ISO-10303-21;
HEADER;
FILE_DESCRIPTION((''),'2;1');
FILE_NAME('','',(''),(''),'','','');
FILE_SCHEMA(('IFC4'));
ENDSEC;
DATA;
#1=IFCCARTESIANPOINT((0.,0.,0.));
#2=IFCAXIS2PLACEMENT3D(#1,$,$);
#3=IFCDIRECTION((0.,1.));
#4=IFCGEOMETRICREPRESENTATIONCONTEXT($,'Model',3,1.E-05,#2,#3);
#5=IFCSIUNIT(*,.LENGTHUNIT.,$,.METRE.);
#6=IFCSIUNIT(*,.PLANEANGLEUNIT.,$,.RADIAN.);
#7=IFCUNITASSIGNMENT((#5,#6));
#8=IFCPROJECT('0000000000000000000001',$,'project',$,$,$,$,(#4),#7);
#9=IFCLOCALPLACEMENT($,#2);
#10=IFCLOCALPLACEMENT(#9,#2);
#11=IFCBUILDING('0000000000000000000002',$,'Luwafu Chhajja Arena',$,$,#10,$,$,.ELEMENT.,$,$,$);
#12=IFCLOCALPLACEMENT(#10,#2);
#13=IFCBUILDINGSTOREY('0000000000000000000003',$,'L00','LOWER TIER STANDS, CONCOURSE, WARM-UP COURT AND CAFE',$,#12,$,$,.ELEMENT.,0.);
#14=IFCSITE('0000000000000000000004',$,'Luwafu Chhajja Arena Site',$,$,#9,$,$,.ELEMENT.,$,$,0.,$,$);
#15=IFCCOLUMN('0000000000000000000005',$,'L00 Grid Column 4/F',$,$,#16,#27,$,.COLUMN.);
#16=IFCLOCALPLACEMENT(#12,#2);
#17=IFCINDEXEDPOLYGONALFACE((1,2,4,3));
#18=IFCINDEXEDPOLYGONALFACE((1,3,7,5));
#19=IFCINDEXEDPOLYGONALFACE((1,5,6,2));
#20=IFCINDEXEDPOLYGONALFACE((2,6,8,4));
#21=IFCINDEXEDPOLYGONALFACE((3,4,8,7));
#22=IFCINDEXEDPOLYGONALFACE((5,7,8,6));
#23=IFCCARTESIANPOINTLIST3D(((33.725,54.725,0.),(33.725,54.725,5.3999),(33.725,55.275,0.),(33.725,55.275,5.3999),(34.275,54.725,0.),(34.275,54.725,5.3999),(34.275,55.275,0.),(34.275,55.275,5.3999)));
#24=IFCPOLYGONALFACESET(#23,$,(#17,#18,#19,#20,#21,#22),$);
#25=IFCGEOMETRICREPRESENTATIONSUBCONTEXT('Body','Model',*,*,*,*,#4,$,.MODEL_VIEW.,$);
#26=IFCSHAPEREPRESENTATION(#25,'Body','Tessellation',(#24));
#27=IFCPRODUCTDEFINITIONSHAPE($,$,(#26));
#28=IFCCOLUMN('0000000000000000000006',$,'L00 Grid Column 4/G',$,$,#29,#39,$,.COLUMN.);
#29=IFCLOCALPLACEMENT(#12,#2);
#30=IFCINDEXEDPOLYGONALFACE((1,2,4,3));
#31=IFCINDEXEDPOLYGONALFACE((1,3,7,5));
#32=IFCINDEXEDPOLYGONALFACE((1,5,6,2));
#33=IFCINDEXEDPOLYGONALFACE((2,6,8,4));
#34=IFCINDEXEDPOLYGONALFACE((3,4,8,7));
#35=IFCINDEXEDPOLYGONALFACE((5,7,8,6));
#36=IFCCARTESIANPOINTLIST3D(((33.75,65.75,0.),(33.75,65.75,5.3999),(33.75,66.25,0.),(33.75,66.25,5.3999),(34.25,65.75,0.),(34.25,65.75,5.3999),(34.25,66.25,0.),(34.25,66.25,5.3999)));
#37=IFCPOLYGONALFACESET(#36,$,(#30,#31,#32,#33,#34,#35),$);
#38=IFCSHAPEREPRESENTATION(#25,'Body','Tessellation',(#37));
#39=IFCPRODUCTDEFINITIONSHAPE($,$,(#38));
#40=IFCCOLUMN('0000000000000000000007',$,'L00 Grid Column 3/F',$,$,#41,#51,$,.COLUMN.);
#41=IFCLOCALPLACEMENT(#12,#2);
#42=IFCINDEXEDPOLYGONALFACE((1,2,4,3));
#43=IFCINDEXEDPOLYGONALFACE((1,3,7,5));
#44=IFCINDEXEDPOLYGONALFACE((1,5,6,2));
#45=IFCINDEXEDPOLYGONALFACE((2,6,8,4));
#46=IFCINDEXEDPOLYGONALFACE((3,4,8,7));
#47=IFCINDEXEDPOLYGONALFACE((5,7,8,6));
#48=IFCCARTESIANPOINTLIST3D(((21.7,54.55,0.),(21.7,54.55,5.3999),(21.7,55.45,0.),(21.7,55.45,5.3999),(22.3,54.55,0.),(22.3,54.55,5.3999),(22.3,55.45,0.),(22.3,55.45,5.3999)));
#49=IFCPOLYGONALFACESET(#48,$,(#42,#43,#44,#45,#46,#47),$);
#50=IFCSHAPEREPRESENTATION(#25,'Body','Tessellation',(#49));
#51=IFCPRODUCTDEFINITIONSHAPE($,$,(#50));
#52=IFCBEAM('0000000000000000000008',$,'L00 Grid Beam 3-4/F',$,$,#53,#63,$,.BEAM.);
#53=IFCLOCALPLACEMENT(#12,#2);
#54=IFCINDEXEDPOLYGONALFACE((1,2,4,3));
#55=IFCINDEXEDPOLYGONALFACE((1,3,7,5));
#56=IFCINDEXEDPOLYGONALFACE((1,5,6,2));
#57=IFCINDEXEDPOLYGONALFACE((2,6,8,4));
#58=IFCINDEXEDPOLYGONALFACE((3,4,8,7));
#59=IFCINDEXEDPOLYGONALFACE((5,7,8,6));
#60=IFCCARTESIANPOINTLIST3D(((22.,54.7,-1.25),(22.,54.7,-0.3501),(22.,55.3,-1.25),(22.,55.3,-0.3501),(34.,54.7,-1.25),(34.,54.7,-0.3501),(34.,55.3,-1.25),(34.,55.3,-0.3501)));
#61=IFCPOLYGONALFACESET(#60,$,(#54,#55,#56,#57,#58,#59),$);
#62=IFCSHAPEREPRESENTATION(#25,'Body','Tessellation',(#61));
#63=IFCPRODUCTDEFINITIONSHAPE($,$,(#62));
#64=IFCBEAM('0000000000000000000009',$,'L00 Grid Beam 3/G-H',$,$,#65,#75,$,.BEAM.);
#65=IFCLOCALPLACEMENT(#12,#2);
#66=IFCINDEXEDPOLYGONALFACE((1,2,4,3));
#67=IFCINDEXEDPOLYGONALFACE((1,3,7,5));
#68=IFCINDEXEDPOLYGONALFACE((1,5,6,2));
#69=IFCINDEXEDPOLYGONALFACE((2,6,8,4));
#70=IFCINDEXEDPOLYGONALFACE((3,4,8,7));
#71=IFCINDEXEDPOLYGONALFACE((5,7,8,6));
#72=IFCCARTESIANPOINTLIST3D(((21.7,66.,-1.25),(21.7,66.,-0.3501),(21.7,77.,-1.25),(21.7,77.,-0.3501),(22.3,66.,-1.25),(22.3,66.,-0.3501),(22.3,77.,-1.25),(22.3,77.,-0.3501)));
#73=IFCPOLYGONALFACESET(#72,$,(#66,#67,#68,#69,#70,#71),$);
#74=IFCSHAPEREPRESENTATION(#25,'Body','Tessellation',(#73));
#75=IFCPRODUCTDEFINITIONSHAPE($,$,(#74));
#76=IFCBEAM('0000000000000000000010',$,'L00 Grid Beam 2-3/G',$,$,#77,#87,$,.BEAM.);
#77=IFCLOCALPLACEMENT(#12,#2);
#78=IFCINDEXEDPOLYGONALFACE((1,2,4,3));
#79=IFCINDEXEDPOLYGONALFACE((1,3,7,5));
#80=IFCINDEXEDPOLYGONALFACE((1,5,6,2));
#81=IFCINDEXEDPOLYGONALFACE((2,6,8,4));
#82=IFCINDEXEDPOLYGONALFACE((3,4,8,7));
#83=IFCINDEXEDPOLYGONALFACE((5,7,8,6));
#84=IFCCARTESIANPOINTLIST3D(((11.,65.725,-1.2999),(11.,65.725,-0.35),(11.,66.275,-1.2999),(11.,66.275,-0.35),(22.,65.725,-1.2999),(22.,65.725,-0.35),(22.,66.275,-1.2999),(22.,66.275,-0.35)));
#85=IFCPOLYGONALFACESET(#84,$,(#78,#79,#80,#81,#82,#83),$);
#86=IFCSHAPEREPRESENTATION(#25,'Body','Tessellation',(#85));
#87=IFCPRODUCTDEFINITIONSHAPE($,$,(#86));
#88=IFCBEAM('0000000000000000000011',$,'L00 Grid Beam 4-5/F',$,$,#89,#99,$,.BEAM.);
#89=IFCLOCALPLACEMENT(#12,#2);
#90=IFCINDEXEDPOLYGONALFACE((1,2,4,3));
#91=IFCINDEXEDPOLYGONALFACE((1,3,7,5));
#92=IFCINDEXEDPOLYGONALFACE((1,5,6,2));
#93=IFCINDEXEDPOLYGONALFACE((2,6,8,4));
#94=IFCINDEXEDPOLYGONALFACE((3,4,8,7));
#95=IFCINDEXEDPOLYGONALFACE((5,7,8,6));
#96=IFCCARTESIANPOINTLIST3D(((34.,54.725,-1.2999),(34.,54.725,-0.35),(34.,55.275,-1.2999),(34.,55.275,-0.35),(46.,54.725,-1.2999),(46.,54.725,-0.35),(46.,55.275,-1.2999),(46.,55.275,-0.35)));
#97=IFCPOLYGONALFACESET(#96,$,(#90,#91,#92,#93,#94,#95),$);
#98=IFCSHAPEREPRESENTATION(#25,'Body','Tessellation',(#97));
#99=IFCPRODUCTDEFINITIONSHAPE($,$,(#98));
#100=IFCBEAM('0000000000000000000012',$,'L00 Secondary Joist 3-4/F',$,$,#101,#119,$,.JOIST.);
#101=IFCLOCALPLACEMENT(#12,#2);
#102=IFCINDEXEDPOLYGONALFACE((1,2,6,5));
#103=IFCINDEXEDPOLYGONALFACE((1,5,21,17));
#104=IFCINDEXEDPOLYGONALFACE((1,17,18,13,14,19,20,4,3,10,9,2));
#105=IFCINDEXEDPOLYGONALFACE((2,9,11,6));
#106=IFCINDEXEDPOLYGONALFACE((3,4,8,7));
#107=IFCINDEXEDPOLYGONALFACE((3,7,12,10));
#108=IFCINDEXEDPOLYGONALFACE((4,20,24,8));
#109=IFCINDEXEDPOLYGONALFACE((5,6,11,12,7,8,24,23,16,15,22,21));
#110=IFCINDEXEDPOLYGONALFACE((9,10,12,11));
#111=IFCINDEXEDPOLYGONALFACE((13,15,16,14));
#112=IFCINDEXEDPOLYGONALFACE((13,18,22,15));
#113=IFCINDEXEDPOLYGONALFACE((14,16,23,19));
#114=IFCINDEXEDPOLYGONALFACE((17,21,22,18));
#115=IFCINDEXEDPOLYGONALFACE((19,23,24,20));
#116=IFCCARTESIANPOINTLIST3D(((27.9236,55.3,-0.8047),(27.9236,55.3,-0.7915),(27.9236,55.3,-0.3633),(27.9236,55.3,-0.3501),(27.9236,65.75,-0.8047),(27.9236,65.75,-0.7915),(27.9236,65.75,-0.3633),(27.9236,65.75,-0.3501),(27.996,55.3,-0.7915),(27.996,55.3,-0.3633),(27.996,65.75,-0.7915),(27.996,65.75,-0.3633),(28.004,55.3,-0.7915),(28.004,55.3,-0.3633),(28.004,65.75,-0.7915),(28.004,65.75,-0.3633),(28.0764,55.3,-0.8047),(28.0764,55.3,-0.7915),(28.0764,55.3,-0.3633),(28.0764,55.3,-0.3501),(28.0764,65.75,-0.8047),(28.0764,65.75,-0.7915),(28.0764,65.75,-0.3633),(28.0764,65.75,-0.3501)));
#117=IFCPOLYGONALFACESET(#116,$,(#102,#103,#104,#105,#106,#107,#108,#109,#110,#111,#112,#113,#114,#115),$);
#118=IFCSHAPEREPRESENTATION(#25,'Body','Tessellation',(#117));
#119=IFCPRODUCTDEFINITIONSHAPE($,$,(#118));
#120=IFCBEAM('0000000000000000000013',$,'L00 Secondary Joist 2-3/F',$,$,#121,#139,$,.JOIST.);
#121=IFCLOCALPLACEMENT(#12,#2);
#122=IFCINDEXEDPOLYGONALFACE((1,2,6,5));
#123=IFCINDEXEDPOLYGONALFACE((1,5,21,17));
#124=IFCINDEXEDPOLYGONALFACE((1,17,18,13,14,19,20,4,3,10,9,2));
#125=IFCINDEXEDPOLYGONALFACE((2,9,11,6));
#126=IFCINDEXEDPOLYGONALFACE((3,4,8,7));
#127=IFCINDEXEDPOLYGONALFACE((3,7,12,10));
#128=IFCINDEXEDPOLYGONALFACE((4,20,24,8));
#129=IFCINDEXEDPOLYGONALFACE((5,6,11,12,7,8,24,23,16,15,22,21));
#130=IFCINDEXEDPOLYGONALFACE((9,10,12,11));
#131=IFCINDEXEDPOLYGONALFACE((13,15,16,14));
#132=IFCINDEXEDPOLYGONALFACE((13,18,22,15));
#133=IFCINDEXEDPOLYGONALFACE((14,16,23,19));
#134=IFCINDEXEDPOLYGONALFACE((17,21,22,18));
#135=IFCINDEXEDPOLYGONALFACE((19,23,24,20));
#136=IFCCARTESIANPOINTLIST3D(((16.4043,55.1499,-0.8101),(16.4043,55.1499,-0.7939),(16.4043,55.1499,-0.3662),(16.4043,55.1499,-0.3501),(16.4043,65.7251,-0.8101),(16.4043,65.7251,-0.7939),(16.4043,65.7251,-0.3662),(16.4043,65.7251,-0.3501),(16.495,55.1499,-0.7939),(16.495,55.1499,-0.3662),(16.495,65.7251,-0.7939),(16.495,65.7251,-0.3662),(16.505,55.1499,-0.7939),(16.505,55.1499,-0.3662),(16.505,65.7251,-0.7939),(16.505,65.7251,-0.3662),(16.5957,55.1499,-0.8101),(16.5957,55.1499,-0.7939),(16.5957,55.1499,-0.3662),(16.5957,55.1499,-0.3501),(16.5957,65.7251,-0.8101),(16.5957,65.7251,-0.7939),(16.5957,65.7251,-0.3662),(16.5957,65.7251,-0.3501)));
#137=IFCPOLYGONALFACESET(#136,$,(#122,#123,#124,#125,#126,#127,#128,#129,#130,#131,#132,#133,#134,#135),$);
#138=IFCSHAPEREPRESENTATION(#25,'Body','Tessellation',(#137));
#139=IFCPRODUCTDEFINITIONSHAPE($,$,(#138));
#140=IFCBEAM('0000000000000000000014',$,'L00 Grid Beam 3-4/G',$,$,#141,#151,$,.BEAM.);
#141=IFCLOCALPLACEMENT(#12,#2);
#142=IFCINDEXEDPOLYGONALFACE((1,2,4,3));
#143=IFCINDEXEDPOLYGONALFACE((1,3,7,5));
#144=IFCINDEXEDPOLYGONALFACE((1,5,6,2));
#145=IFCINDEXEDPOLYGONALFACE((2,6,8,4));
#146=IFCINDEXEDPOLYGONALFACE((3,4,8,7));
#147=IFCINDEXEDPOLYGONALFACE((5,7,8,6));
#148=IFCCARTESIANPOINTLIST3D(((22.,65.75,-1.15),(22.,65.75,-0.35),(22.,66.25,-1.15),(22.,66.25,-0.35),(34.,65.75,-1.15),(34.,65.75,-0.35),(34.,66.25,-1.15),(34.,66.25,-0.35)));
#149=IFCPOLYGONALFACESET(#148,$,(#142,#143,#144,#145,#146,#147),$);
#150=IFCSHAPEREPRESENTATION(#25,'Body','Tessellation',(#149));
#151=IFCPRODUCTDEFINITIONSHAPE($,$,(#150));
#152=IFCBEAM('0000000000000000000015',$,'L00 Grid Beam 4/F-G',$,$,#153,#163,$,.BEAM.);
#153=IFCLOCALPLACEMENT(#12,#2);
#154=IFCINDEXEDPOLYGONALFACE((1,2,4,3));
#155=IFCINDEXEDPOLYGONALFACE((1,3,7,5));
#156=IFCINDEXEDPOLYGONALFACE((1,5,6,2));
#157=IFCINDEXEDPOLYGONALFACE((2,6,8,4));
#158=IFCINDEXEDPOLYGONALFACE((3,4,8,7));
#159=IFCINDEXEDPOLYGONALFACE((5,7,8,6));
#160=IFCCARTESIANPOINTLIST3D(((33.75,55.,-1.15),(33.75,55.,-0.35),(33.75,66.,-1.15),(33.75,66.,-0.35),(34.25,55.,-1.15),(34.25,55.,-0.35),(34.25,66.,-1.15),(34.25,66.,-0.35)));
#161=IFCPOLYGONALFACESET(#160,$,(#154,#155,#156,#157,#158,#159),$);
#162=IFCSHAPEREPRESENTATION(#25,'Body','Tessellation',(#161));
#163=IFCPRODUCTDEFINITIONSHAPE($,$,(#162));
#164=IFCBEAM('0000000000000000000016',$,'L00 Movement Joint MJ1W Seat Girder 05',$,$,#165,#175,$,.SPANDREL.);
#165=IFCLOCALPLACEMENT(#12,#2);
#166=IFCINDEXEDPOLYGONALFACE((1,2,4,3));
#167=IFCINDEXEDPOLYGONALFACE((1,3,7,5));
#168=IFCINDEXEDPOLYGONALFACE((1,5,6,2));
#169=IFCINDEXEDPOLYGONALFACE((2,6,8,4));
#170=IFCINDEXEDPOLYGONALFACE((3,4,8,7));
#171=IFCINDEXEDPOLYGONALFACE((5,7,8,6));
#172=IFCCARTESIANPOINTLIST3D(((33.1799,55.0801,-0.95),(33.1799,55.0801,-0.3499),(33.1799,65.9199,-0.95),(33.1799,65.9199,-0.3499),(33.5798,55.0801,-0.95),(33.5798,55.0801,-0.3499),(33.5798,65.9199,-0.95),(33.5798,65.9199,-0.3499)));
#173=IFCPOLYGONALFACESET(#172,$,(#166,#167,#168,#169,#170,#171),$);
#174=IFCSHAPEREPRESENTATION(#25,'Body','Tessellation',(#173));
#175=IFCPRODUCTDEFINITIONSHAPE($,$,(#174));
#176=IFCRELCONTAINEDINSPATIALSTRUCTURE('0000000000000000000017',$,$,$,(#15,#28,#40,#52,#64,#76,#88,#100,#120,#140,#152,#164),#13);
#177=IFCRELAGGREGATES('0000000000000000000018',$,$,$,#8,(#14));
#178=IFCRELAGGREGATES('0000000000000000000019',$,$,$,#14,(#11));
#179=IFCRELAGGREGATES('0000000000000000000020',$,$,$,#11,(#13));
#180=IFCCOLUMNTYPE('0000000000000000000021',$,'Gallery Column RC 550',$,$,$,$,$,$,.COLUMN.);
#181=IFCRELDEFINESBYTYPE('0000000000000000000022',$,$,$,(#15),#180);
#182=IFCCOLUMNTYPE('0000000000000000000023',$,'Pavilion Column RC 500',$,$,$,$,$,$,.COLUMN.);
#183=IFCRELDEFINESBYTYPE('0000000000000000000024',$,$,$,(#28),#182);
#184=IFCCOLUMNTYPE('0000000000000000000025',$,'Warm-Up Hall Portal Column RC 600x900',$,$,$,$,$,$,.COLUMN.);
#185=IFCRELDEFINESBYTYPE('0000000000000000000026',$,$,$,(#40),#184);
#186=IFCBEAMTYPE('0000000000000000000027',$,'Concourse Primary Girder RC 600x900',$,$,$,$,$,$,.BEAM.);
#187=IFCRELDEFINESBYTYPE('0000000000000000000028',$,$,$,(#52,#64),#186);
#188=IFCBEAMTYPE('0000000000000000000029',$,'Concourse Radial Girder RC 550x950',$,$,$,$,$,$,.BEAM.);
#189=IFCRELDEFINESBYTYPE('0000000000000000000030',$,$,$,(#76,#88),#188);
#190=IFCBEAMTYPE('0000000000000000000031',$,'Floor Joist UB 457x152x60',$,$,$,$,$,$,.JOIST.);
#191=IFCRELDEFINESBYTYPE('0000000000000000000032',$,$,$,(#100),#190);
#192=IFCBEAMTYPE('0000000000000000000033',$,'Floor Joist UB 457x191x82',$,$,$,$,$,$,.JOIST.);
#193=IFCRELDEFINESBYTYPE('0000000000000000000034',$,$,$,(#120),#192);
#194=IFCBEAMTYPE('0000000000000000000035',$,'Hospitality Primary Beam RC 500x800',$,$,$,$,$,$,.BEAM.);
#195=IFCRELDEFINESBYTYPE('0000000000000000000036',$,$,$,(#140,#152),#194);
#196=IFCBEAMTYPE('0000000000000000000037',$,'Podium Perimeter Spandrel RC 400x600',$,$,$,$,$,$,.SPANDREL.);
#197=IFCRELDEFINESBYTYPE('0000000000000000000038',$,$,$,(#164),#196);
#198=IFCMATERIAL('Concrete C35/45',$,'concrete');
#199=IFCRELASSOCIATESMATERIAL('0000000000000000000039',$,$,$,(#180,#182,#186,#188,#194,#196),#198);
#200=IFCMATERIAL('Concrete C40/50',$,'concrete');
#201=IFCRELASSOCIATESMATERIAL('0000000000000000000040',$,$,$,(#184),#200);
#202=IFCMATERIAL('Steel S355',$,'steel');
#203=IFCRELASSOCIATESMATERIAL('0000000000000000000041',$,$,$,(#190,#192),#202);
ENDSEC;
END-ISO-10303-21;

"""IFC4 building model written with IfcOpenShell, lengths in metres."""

from ifc_helpers import new_model, si_unit, direction, frame, origin, origin_2d, place, context, subcontext, project, spatial, rectangle, i_section, extrude, material, material_profile, profile_set, type_object, element, save


model = new_model("IFC4")

# Units and contexts
model_context = context("Model", 3, precision=1e-05, world=origin(), true_north=direction((0.0, 1.0)))
body_context = subcontext(model_context, "Body", "Model", "MODEL_VIEW")
ifc_project = project(units=[si_unit("LENGTHUNIT", "METRE"), si_unit("PLANEANGLEUNIT", "RADIAN")], contexts=[model_context])

# Site, building, storey
site_placement = place(None, origin())
site = spatial("IfcSite", under=ifc_project, at=site_placement, Name="Luwafu Chhajja Arena Site", CompositionType="ELEMENT", RefElevation=0.0)
building_placement = place(site_placement, origin())
building = spatial("IfcBuilding", under=site, at=building_placement, Name="Luwafu Chhajja Arena", CompositionType="ELEMENT")
storey_placement = place(building_placement, origin())
storey = spatial("IfcBuildingStorey", under=building, at=storey_placement, Name="L00", Description="LOWER TIER STANDS, CONCOURSE, WARM-UP COURT AND CAFE", CompositionType="ELEMENT", Elevation=0.0)

# Columns
ifc_material_1 = material(Name="Concrete C35/45", Category="concrete")
ifc_material_profile_1 = material_profile(ifc_material_1, rectangle(XDim=0.55, YDim=0.55, at=origin_2d()), Name="RC 550x550")
ifc_profile_set_1 = profile_set([ifc_material_profile_1], Name="Concrete C35/45")
column_type_1 = type_object("IfcColumnType", Name="Gallery Column RC 550", PredefinedType="COLUMN", material=ifc_profile_set_1)
column_1_placement = place(storey_placement, frame((34.0, 55.0, 0.0), z_axis=(0.0, 0.0, 1.0), x_axis=(1.0, 0.0, 0.0)))
element("IfcColumn", 1, at=column_1_placement, inside=storey, type_object=column_type_1, Name="L00 Grid Column 4/F", PredefinedType="COLUMN", context=body_context, shape_type="SweptSolid", body=[
    extrude(rectangle(XDim=0.55, YDim=0.55, at=origin_2d()), origin(), (0.0, 0.0, 1.0), 5.3999),
])
ifc_material_profile_2 = material_profile(ifc_material_1, rectangle(XDim=0.5, YDim=0.5, at=origin_2d()), Name="RC 500x500")
ifc_profile_set_2 = profile_set([ifc_material_profile_2], Name="Concrete C35/45")
column_type_2 = type_object("IfcColumnType", Name="Pavilion Column RC 500", PredefinedType="COLUMN", material=ifc_profile_set_2)
column_2_placement = place(storey_placement, frame((34.0, 66.0, 0.0), z_axis=(0.0, 0.0, 1.0), x_axis=(1.0, 0.0, 0.0)))
element("IfcColumn", 2, at=column_2_placement, inside=storey, type_object=column_type_2, Name="L00 Grid Column 4/G", PredefinedType="COLUMN", context=body_context, shape_type="SweptSolid", body=[
    extrude(rectangle(XDim=0.5, YDim=0.5, at=origin_2d()), origin(), (0.0, 0.0, 1.0), 5.3999),
])
ifc_material_2 = material(Name="Concrete C40/50", Category="concrete")
ifc_material_profile_3 = material_profile(ifc_material_2, rectangle(XDim=0.6001, YDim=0.8999, at=origin_2d()), Name="RC 600x900")
ifc_profile_set_3 = profile_set([ifc_material_profile_3], Name="Concrete C40/50")
column_type_3 = type_object("IfcColumnType", Name="Warm-Up Hall Portal Column RC 600x900", PredefinedType="COLUMN", material=ifc_profile_set_3)
column_3_placement = place(storey_placement, frame((22.0, 55.0, 0.0), z_axis=(0.0, 0.0, 1.0), x_axis=(1.0, 0.0, 0.0)))
element("IfcColumn", 3, at=column_3_placement, inside=storey, type_object=column_type_3, Name="L00 Grid Column 3/F", PredefinedType="COLUMN", context=body_context, shape_type="SweptSolid", body=[
    extrude(rectangle(XDim=0.6001, YDim=0.8999, at=origin_2d()), origin(), (0.0, 0.0, 1.0), 5.3999),
])

# Beams
ifc_material_profile_4 = material_profile(ifc_material_1, rectangle(XDim=0.6001, YDim=0.8999, at=origin_2d()), Name="RC 600x900")
ifc_profile_set_4 = profile_set([ifc_material_profile_4], Name="Concrete C35/45")
beam_type_1 = type_object("IfcBeamType", Name="Concourse Primary Girder RC 600x900", PredefinedType="BEAM", material=ifc_profile_set_4)
beam_1_placement = place(storey_placement, frame((22.0, 55.0, -0.8), z_axis=(1.0, 0.0, 0.0), x_axis=(0.0, 1.0, 0.0)))
element("IfcBeam", 4, at=beam_1_placement, inside=storey, type_object=beam_type_1, Name="L00 Grid Beam 3-4/F", PredefinedType="BEAM", context=body_context, shape_type="SweptSolid", body=[
    extrude(rectangle(XDim=0.6001, YDim=0.8999, at=origin_2d()), origin(), (0.0, 0.0, 1.0), 12.0),
])
beam_2_placement = place(storey_placement, frame((22.0, 66.0, -0.8), z_axis=(0.0, 1.0, 0.0), x_axis=(-1.0, 0.0, 0.0)))
element("IfcBeam", 5, at=beam_2_placement, inside=storey, type_object=beam_type_1, Name="L00 Grid Beam 3/G-H", PredefinedType="BEAM", context=body_context, shape_type="SweptSolid", body=[
    extrude(rectangle(XDim=0.6001, YDim=0.8999, at=origin_2d()), origin(), (0.0, 0.0, 1.0), 11.0),
])
ifc_material_profile_5 = material_profile(ifc_material_1, rectangle(XDim=0.55, YDim=0.95, at=origin_2d()), Name="RC 550x950")
ifc_profile_set_5 = profile_set([ifc_material_profile_5], Name="Concrete C35/45")
beam_type_2 = type_object("IfcBeamType", Name="Concourse Radial Girder RC 550x950", PredefinedType="BEAM", material=ifc_profile_set_5)
beam_3_placement = place(storey_placement, frame((11.0, 66.0, -0.825), z_axis=(1.0, 0.0, 0.0), x_axis=(0.0, 1.0, 0.0)))
element("IfcBeam", 6, at=beam_3_placement, inside=storey, type_object=beam_type_2, Name="L00 Grid Beam 2-3/G", PredefinedType="BEAM", context=body_context, shape_type="SweptSolid", body=[
    extrude(rectangle(XDim=0.55, YDim=0.95, at=origin_2d()), origin(), (0.0, 0.0, 1.0), 11.0),
])
beam_4_placement = place(storey_placement, frame((34.0, 55.0, -0.825), z_axis=(1.0, 0.0, 0.0), x_axis=(0.0, 1.0, 0.0)))
element("IfcBeam", 7, at=beam_4_placement, inside=storey, type_object=beam_type_2, Name="L00 Grid Beam 4-5/F", PredefinedType="BEAM", context=body_context, shape_type="SweptSolid", body=[
    extrude(rectangle(XDim=0.55, YDim=0.95, at=origin_2d()), origin(), (0.0, 0.0, 1.0), 12.0),
])
ifc_material_3 = material(Name="Steel S355", Category="steel")
ifc_material_profile_6 = material_profile(ifc_material_3, i_section(OverallWidth=0.1528, OverallDepth=0.4546, WebThickness=0.0081, FlangeThickness=0.0132, at=origin_2d()), Name="UB 457x152x60")
ifc_profile_set_6 = profile_set([ifc_material_profile_6], Name="Steel S355")
beam_type_3 = type_object("IfcBeamType", Name="Floor Joist UB 457x152x60", PredefinedType="JOIST", material=ifc_profile_set_6)
beam_5_placement = place(storey_placement, frame((28.0, 55.3, -0.5774), z_axis=(0.0, 1.0, 0.0), x_axis=(-1.0, 0.0, 0.0)))
element("IfcBeam", 8, at=beam_5_placement, inside=storey, type_object=beam_type_3, Name="L00 Secondary Joist 3-4/F", PredefinedType="JOIST", context=body_context, shape_type="SweptSolid", body=[
    extrude(i_section(OverallWidth=0.1528, OverallDepth=0.4546, WebThickness=0.0081, FlangeThickness=0.0132, at=origin_2d()), origin(), (0.0, 0.0, 1.0), 10.45),
])
ifc_material_profile_7 = material_profile(ifc_material_3, i_section(OverallWidth=0.1914, OverallDepth=0.46, WebThickness=0.01, FlangeThickness=0.0161, at=origin_2d()), Name="UB 457x191x82")
ifc_profile_set_7 = profile_set([ifc_material_profile_7], Name="Steel S355")
beam_type_4 = type_object("IfcBeamType", Name="Floor Joist UB 457x191x82", PredefinedType="JOIST", material=ifc_profile_set_7)
beam_6_placement = place(storey_placement, frame((16.5, 55.1499, -0.5801), z_axis=(0.0, 1.0, 0.0), x_axis=(-1.0, 0.0, 0.0)))
element("IfcBeam", 9, at=beam_6_placement, inside=storey, type_object=beam_type_4, Name="L00 Secondary Joist 2-3/F", PredefinedType="JOIST", context=body_context, shape_type="SweptSolid", body=[
    extrude(i_section(OverallWidth=0.1914, OverallDepth=0.46, WebThickness=0.01, FlangeThickness=0.0161, at=origin_2d()), origin(), (0.0, 0.0, 1.0), 10.5752),
])
ifc_material_profile_8 = material_profile(ifc_material_1, rectangle(XDim=0.5, YDim=0.8, at=origin_2d()), Name="RC 500x800")
ifc_profile_set_8 = profile_set([ifc_material_profile_8], Name="Concrete C35/45")
beam_type_5 = type_object("IfcBeamType", Name="Hospitality Primary Beam RC 500x800", PredefinedType="BEAM", material=ifc_profile_set_8)
beam_7_placement = place(storey_placement, frame((22.0, 66.0, -0.75), z_axis=(1.0, 0.0, 0.0), x_axis=(0.0, 1.0, 0.0)))
element("IfcBeam", 10, at=beam_7_placement, inside=storey, type_object=beam_type_5, Name="L00 Grid Beam 3-4/G", PredefinedType="BEAM", context=body_context, shape_type="SweptSolid", body=[
    extrude(rectangle(XDim=0.5, YDim=0.8, at=origin_2d()), origin(), (0.0, 0.0, 1.0), 12.0),
])
beam_8_placement = place(storey_placement, frame((34.0, 55.0, -0.75), z_axis=(0.0, 1.0, 0.0), x_axis=(-1.0, 0.0, 0.0)))
element("IfcBeam", 11, at=beam_8_placement, inside=storey, type_object=beam_type_5, Name="L00 Grid Beam 4/F-G", PredefinedType="BEAM", context=body_context, shape_type="SweptSolid", body=[
    extrude(rectangle(XDim=0.5, YDim=0.8, at=origin_2d()), origin(), (0.0, 0.0, 1.0), 11.0),
])
ifc_material_profile_9 = material_profile(ifc_material_1, rectangle(XDim=0.3999, YDim=0.6001, at=origin_2d()), Name="RC 400x600")
ifc_profile_set_9 = profile_set([ifc_material_profile_9], Name="Concrete C35/45")
beam_type_6 = type_object("IfcBeamType", Name="Podium Perimeter Spandrel RC 400x600", PredefinedType="SPANDREL", material=ifc_profile_set_9)
for number, where, z_axis, x_axis, name in (
    (12, (33.3799, 55.0801, -0.6499), (0.0, 1.0, 0.0), (-1.0, 0.0, 0.0), "L00 Movement Joint MJ1W Seat Girder 05"),
):
    element("IfcBeam", number, at=place(storey_placement, frame(where, z_axis=z_axis, x_axis=x_axis)), inside=storey, type_object=beam_type_6, Name=name, PredefinedType="SPANDREL", context=body_context, shape_type="SweptSolid", body=[
        extrude(rectangle(XDim=0.3999, YDim=0.6001, at=origin_2d()), origin(), (0.0, 0.0, 1.0), 10.8398),
    ])

save(model, "model.ifc")
